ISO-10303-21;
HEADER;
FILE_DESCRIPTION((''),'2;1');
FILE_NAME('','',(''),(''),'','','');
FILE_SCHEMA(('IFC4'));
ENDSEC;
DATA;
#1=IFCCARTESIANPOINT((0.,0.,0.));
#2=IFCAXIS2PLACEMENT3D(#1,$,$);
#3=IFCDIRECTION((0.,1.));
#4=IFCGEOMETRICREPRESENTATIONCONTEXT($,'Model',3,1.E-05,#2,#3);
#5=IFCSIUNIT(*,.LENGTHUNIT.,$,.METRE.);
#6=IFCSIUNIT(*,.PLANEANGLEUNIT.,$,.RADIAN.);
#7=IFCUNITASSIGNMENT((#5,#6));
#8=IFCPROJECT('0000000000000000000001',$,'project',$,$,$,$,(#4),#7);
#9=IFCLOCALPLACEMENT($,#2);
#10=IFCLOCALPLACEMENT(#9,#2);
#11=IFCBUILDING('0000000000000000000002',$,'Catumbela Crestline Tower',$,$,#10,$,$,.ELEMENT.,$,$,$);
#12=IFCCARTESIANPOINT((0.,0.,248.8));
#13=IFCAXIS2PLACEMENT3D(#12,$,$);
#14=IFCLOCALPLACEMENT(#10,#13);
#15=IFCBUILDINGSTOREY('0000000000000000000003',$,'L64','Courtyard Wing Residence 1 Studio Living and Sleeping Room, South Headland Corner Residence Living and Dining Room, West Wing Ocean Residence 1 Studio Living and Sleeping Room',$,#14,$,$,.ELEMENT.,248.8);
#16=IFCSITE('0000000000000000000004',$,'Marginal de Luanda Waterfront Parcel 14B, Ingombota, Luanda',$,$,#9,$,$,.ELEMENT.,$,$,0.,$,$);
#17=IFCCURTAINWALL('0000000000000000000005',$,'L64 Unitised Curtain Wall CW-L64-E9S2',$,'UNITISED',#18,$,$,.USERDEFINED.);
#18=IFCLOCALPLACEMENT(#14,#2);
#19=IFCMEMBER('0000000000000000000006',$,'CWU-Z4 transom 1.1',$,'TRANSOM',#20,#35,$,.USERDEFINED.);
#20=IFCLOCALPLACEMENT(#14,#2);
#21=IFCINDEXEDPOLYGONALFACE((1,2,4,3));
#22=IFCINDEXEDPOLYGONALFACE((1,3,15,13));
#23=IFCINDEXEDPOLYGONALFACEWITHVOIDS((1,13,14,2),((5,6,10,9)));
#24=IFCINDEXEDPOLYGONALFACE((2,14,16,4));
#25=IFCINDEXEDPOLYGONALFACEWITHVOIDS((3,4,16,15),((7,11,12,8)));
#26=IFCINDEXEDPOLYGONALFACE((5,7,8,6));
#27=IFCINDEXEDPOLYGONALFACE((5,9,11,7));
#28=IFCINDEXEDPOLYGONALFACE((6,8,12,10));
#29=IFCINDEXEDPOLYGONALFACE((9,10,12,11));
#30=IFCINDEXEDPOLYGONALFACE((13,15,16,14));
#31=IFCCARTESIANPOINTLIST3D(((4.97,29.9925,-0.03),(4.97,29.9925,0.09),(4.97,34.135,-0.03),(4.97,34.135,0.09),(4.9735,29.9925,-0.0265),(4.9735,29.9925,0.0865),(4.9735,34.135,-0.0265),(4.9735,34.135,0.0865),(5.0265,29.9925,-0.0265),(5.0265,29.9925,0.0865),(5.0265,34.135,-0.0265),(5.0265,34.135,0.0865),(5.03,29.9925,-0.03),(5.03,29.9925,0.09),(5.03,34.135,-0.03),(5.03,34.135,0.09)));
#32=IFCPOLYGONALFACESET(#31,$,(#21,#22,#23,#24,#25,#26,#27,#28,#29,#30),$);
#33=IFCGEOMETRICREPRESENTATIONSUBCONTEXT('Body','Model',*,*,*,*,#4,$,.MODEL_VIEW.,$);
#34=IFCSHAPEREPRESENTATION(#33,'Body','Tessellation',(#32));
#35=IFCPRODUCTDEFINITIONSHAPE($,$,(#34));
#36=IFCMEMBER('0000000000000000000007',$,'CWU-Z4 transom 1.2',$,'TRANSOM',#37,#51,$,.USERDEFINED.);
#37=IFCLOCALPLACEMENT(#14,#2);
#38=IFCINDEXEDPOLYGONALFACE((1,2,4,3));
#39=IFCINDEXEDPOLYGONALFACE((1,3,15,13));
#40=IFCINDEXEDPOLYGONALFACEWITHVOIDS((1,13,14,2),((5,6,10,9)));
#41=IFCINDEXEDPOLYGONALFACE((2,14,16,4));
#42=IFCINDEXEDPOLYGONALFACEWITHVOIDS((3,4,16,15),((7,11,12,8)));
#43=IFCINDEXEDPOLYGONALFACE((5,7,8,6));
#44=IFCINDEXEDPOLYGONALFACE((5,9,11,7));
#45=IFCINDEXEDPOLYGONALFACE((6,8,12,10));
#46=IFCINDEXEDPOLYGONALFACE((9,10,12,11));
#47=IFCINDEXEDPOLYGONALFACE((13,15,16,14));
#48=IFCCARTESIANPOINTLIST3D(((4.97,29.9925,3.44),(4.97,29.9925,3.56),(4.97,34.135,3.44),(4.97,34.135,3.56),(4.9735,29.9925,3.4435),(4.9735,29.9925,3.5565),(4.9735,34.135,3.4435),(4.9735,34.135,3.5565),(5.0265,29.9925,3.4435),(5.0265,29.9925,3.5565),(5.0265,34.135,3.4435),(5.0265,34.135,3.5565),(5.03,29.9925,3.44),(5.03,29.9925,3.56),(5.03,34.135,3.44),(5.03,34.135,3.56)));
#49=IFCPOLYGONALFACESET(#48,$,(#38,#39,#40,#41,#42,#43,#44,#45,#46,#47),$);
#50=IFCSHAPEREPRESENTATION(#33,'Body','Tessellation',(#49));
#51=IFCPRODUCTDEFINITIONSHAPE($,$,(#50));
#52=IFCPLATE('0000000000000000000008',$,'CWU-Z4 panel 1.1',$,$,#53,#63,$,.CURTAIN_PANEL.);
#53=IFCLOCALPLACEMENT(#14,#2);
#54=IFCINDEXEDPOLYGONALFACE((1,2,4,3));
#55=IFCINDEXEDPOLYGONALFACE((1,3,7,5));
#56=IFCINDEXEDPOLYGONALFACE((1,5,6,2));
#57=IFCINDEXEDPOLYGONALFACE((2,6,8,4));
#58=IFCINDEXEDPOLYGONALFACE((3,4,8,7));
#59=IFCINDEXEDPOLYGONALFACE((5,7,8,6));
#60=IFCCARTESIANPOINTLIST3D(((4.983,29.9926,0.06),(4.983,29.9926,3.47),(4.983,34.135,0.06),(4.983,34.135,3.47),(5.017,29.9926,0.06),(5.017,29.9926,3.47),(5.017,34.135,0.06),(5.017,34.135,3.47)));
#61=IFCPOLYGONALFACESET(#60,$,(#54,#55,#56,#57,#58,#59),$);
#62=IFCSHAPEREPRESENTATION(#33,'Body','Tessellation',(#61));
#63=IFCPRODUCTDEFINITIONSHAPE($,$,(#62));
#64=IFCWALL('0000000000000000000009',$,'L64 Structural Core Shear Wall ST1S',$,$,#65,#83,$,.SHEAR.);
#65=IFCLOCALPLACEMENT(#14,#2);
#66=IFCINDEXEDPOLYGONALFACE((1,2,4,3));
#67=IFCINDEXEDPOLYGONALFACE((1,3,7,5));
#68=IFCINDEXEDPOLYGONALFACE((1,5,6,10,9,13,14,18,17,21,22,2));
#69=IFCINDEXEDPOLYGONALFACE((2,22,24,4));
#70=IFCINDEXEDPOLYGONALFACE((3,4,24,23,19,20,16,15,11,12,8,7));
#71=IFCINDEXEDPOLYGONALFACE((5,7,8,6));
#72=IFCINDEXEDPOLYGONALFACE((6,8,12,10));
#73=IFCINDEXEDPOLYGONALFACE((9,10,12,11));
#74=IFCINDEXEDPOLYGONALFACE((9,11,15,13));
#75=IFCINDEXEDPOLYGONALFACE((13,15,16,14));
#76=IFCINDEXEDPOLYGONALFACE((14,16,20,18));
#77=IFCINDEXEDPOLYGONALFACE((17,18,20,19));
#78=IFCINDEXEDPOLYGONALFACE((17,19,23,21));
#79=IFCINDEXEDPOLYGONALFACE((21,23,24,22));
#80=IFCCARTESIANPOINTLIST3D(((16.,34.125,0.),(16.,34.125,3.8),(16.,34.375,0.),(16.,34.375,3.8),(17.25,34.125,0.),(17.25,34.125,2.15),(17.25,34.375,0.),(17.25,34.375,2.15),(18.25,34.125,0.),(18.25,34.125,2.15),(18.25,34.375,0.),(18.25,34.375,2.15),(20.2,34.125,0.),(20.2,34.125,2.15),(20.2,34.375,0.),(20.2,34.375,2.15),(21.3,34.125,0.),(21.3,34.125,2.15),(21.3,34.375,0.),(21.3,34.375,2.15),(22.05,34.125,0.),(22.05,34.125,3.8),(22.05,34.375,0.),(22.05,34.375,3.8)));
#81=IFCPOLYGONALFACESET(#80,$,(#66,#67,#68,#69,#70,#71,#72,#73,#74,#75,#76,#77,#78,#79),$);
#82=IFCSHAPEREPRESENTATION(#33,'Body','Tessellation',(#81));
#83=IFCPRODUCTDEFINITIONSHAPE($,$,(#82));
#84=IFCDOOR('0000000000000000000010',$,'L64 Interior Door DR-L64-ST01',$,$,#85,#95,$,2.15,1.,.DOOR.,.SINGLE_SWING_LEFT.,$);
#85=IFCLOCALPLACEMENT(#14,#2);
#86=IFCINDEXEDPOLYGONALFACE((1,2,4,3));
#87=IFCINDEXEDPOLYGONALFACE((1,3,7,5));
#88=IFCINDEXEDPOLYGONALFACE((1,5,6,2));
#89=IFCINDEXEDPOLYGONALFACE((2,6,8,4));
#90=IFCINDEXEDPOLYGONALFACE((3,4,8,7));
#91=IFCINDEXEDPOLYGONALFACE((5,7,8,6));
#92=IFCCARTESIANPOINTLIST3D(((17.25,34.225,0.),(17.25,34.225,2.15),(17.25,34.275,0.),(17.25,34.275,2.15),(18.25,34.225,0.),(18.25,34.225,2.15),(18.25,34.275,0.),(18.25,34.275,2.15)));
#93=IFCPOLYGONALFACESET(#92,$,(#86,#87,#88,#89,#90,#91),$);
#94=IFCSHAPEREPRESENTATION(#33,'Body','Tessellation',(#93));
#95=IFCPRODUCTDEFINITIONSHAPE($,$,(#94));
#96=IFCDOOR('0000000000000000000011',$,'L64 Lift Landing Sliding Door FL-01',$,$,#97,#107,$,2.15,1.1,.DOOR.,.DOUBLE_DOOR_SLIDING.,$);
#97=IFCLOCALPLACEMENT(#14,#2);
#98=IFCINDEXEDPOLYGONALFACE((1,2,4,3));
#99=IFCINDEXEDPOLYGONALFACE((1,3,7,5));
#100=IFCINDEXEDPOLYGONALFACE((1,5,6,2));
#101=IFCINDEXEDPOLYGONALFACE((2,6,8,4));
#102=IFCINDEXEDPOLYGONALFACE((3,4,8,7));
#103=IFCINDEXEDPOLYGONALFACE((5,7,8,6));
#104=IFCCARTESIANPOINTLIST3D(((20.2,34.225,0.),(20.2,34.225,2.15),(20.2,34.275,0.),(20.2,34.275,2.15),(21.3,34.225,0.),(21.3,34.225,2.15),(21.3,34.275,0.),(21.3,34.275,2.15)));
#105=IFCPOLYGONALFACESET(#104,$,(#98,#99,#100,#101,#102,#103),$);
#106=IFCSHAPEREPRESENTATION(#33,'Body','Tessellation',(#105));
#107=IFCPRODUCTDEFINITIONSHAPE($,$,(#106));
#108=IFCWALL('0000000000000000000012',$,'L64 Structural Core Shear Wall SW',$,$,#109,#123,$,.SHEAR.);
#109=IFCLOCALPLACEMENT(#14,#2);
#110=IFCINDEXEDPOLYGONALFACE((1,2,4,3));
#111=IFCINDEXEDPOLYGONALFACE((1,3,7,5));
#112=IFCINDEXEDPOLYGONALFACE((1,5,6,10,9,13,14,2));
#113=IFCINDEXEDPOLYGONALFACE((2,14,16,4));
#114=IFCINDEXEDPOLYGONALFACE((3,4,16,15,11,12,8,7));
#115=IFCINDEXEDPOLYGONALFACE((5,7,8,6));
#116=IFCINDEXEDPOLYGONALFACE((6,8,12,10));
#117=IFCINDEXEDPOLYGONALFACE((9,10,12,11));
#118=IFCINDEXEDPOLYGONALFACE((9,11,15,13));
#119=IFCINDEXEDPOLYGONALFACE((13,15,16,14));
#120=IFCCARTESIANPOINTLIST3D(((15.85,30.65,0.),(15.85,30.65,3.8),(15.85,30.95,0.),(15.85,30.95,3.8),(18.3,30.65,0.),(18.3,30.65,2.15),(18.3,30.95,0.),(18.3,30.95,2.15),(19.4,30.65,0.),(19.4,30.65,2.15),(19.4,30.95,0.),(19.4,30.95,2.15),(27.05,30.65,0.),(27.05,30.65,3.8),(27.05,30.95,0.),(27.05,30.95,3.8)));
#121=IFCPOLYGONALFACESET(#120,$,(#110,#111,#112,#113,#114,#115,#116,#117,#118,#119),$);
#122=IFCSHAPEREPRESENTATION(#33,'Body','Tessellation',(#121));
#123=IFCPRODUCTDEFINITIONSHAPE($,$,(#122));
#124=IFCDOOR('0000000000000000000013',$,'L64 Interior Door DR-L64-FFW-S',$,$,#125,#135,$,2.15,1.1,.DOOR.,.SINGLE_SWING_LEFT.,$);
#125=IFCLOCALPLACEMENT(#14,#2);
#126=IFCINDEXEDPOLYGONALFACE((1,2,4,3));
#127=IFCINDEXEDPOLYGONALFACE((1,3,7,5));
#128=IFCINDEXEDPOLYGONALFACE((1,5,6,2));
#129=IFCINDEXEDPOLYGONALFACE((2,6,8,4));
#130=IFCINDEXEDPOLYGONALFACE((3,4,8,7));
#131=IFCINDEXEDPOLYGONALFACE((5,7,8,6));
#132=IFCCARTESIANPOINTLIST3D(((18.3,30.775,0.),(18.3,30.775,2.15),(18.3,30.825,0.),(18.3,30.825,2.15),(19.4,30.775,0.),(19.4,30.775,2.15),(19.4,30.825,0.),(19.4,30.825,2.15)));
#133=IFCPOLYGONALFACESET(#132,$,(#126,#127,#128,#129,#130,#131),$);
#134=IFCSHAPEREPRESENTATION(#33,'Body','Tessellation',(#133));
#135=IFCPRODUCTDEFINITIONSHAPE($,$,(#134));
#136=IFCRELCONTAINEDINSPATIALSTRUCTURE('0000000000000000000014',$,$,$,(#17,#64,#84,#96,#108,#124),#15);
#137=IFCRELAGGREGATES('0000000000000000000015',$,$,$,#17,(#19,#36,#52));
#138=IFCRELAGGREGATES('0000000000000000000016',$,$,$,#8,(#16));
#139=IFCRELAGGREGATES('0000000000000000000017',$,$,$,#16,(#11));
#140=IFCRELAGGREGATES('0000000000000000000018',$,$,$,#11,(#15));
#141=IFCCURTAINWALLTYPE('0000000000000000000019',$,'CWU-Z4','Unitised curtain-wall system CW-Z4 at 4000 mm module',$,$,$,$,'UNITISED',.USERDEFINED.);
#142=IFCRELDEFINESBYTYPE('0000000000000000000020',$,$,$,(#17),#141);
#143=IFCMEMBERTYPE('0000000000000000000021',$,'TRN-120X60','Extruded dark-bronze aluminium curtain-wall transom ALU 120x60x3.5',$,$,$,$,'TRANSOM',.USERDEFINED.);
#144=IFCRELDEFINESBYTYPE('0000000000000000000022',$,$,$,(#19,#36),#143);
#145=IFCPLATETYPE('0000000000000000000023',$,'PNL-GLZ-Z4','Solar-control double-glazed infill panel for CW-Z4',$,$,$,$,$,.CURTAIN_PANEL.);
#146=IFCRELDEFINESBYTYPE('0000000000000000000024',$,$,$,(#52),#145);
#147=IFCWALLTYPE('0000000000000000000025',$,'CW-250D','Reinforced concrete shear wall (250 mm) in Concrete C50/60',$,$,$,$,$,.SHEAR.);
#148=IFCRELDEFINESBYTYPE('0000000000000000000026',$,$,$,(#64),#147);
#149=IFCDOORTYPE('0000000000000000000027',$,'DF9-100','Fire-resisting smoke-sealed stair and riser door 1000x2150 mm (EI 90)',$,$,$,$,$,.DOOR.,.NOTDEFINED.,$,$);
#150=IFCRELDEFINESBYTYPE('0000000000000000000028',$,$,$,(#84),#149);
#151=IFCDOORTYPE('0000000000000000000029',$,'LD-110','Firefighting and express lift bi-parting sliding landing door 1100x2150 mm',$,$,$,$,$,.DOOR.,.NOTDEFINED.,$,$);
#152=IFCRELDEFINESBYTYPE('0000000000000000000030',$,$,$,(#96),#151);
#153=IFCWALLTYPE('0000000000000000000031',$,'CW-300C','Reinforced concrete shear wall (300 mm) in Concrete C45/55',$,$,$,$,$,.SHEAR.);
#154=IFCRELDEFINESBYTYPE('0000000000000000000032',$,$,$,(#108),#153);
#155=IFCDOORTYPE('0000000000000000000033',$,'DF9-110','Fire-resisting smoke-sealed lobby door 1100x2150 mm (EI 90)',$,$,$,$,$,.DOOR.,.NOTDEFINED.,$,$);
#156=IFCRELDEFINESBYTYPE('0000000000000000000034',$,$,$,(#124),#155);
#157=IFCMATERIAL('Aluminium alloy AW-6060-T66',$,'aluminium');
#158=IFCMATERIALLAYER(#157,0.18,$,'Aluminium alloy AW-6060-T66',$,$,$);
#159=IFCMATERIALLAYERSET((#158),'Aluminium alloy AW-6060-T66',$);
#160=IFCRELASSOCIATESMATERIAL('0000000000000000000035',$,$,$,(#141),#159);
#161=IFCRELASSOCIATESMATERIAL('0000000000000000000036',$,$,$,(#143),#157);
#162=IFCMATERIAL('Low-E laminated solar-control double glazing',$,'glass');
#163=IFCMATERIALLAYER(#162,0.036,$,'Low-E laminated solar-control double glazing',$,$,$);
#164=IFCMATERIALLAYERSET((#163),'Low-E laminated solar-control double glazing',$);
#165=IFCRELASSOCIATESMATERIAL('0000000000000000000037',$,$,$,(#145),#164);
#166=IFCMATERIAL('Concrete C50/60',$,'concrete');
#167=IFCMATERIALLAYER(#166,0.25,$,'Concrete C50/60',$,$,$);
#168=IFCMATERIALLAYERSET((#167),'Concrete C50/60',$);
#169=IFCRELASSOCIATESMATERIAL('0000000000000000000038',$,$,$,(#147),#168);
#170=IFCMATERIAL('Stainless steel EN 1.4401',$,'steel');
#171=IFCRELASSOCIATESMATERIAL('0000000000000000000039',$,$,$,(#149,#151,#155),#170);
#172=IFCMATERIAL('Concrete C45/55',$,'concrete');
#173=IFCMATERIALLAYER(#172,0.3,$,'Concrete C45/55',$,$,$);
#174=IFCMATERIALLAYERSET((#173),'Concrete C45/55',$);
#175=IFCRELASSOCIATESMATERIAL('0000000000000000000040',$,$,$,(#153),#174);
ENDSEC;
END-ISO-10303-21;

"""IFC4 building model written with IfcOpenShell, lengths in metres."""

from ifc_helpers import new_model, si_unit, direction, frame, frame_2d, origin, origin_2d, place, context, subcontext, project, spatial, rectangle, hollow_rectangle, extrude, material, layer, layer_set, material_profile, profile_set, type_object, element, fill, aggregate, save


model = new_model("IFC4")

# Units and contexts
model_context = context("Model", 3, precision=1e-05, world=origin(), true_north=direction((0.0, 1.0)))
body_context = subcontext(model_context, "Body", "Model", "MODEL_VIEW")
ifc_project = project(units=[si_unit("LENGTHUNIT", "METRE"), si_unit("PLANEANGLEUNIT", "RADIAN")], contexts=[model_context])

# Site, building, storey
site_placement = place(None, origin())
site = spatial("IfcSite", under=ifc_project, at=site_placement, Name="Marginal de Luanda Waterfront Parcel 14B, Ingombota, Luanda", CompositionType="ELEMENT", RefElevation=0.0)
building_placement = place(site_placement, origin())
building = spatial("IfcBuilding", under=site, at=building_placement, Name="Catumbela Crestline Tower", CompositionType="ELEMENT")
storey_placement = place(building_placement, frame((0.0, 0.0, 248.8)))
storey = spatial("IfcBuildingStorey", under=building, at=storey_placement, Name="L64", Description="Courtyard Wing Residence 1 Studio Living and Sleeping Room, South Headland Corner Residence Living and Dining Room, West Wing Ocean Residence 1 Studio Living and Sleeping Room", CompositionType="ELEMENT", Elevation=248.8)

# Shared definitions
ifc_material_1 = material(Name="Concrete C45/55", Category="concrete")

# Curtain wall
ifc_material_2 = material(Name="Aluminium alloy AW-6060-T66", Category="aluminium")
ifc_layer_1 = layer(ifc_material_2, 0.18, Name="Aluminium alloy AW-6060-T66")
ifc_layer_set_1 = layer_set([ifc_layer_1], Name="Aluminium alloy AW-6060-T66")
curtain_wall_type = type_object("IfcCurtainWallType", Name="CWU-Z4", Description="Unitised curtain-wall system CW-Z4 at 4000 mm module", ElementType="UNITISED", PredefinedType="USERDEFINED", material=ifc_layer_set_1)
curtain_wall_placement = place(storey_placement, origin())
curtain_wall = element("IfcCurtainWall", 1, at=curtain_wall_placement, inside=storey, type_object=curtain_wall_type, Name="L64 Unitised Curtain Wall CW-L64-E9S2", ObjectType="UNITISED", PredefinedType="USERDEFINED")

# Members
ifc_material_profile_1 = material_profile(ifc_material_2, hollow_rectangle(XDim=0.06, YDim=0.12, WallThickness=0.0035, at=origin_2d()), Name="ALU 120x60x3.5")
ifc_profile_set_1 = profile_set([ifc_material_profile_1], Name="Aluminium alloy AW-6060-T66")
member_type_1 = type_object("IfcMemberType", Name="TRN-120X60", Description="Extruded dark-bronze aluminium curtain-wall transom ALU 120x60x3.5", ElementType="TRANSOM", PredefinedType="USERDEFINED", material=ifc_profile_set_1)
member_1_placement = place(storey_placement, frame((5.0, 34.135, 0.03), z_axis=(0.0, -1.0, 0.0), x_axis=(1.0, 0.0, 0.0)))
member_1 = element("IfcMember", 2, at=member_1_placement, type_object=member_type_1, Name="CWU-Z4 transom 1.1", ObjectType="TRANSOM", PredefinedType="USERDEFINED", context=body_context, shape_type="SweptSolid", body=[
    extrude(hollow_rectangle(XDim=0.06, YDim=0.12, WallThickness=0.0035, at=origin_2d()), origin(), (0.0, 0.0, 1.0), 4.1425),
])
member_2_placement = place(storey_placement, frame((5.0, 34.135, 3.5), z_axis=(0.0, -1.0, 0.0), x_axis=(1.0, 0.0, 0.0)))
member_2 = element("IfcMember", 3, at=member_2_placement, type_object=member_type_1, Name="CWU-Z4 transom 1.2", ObjectType="TRANSOM", PredefinedType="USERDEFINED", context=body_context, shape_type="SweptSolid", body=[
    extrude(hollow_rectangle(XDim=0.06, YDim=0.12, WallThickness=0.0035, at=origin_2d()), origin(), (0.0, 0.0, 1.0), 4.1425),
])

# Plate
ifc_material_3 = material(Name="Low-E laminated solar-control double glazing", Category="glass")
ifc_layer_2 = layer(ifc_material_3, 0.036, Name="Low-E laminated solar-control double glazing")
ifc_layer_set_2 = layer_set([ifc_layer_2], Name="Low-E laminated solar-control double glazing")
plate_type = type_object("IfcPlateType", Name="PNL-GLZ-Z4", Description="Solar-control double-glazed infill panel for CW-Z4", PredefinedType="CURTAIN_PANEL", material=ifc_layer_set_2)
plate_placement = place(storey_placement, frame((5.0, 32.0638, 0.06), z_axis=(0.0, 0.0, 1.0), x_axis=(0.0, -1.0, 0.0)))
plate = element("IfcPlate", 4, at=plate_placement, type_object=plate_type, Name="CWU-Z4 panel 1.1", PredefinedType="CURTAIN_PANEL", context=body_context, shape_type="SweptSolid", body=[
    extrude(rectangle(XDim=4.1425, YDim=0.034, at=origin_2d()), origin(), (0.0, 0.0, 1.0), 3.41),
])
aggregate(curtain_wall, [member_1, member_2, plate])

# Wall, openings, doors
ifc_material_4 = material(Name="Concrete C50/60", Category="concrete")
ifc_layer_3 = layer(ifc_material_4, 0.25, Name="Concrete C50/60")
ifc_layer_set_3 = layer_set([ifc_layer_3], Name="Concrete C50/60")
wall_type_1 = type_object("IfcWallType", Name="CW-250D", Description="Reinforced concrete shear wall (250 mm) in Concrete C50/60", PredefinedType="SHEAR", material=ifc_layer_set_3)
wall_1_placement = place(storey_placement, frame((16.0, 34.25, 0.0), z_axis=(0.0, 0.0, 1.0), x_axis=(1.0, 0.0, 0.0)))
wall_1 = element("IfcWall", 5, at=wall_1_placement, inside=storey, type_object=wall_type_1, Name="L64 Structural Core Shear Wall ST1S", PredefinedType="SHEAR", context=body_context, shape_type="SweptSolid", body=[
    extrude(rectangle(XDim=6.05, YDim=0.25, at=frame_2d((3.025, 0.0))), origin(), (0.0, 0.0, 1.0), 3.8),
])
opening_1_placement = place(wall_1_placement, frame((1.25, 0.0, 0.0)))
opening_1 = element("IfcOpeningElement", 6, at=opening_1_placement, cuts=wall_1, PredefinedType="OPENING", context=body_context, shape_type="SweptSolid", body=[
    extrude(rectangle(XDim=1.0, YDim=2.15, at=frame_2d((0.5, 1.075))), frame((0.0, 0.135, 0.0), z_axis=(0.0, -1.0, 0.0), x_axis=(1.0, 0.0, 0.0)), (0.0, 0.0, 1.0), 0.27),
])
opening_2_placement = place(wall_1_placement, frame((4.2, 0.0, 0.0)))
opening_2 = element("IfcOpeningElement", 7, at=opening_2_placement, cuts=wall_1, PredefinedType="OPENING", context=body_context, shape_type="SweptSolid", body=[
    extrude(rectangle(XDim=1.1, YDim=2.15, at=frame_2d((0.55, 1.075))), frame((0.0, 0.135, 0.0), z_axis=(0.0, -1.0, 0.0), x_axis=(1.0, 0.0, 0.0)), (0.0, 0.0, 1.0), 0.27),
])
ifc_material_5 = material(Name="Stainless steel EN 1.4401", Category="steel")
door_type_1 = type_object("IfcDoorType", Name="DF9-100", Description="Fire-resisting smoke-sealed stair and riser door 1000x2150 mm (EI 90)", OperationType="NOTDEFINED", PredefinedType="DOOR", material=ifc_material_5)
door_1_placement = place(opening_1_placement, origin())
door_1 = element("IfcDoor", 8, at=door_1_placement, inside=storey, type_object=door_type_1, Name="L64 Interior Door DR-L64-ST01", OperationType="SINGLE_SWING_LEFT", OverallHeight=2.15, OverallWidth=1.0, PredefinedType="DOOR", context=body_context, shape_type="SweptSolid", body=[
    extrude(rectangle(XDim=1.0, YDim=2.15, at=frame_2d((0.5, 1.075))), frame((0.0, 0.025, 0.0), z_axis=(0.0, -1.0, 0.0), x_axis=(1.0, 0.0, 0.0)), (0.0, 0.0, 1.0), 0.05),
])
fill(opening_1, door_1)
door_type_2 = type_object("IfcDoorType", Name="LD-110", Description="Firefighting and express lift bi-parting sliding landing door 1100x2150 mm", OperationType="NOTDEFINED", PredefinedType="DOOR", material=ifc_material_5)
door_2_placement = place(opening_2_placement, origin())
door_2 = element("IfcDoor", 9, at=door_2_placement, inside=storey, type_object=door_type_2, Name="L64 Lift Landing Sliding Door FL-01", OperationType="DOUBLE_DOOR_SLIDING", OverallHeight=2.15, OverallWidth=1.1, PredefinedType="DOOR", context=body_context, shape_type="SweptSolid", body=[
    extrude(rectangle(XDim=1.1, YDim=2.15, at=frame_2d((0.55, 1.075))), frame((0.0, 0.025, 0.0), z_axis=(0.0, -1.0, 0.0), x_axis=(1.0, 0.0, 0.0)), (0.0, 0.0, 1.0), 0.05),
])
fill(opening_2, door_2)

# Wall, opening, door
ifc_layer_4 = layer(ifc_material_1, 0.3, Name="Concrete C45/55")
ifc_layer_set_4 = layer_set([ifc_layer_4], Name="Concrete C45/55")
wall_type_2 = type_object("IfcWallType", Name="CW-300C", Description="Reinforced concrete shear wall (300 mm) in Concrete C45/55", PredefinedType="SHEAR", material=ifc_layer_set_4)
wall_2_placement = place(storey_placement, frame((15.85, 30.8, 0.0), z_axis=(0.0, 0.0, 1.0), x_axis=(1.0, 0.0, 0.0)))
wall_2 = element("IfcWall", 10, at=wall_2_placement, inside=storey, type_object=wall_type_2, Name="L64 Structural Core Shear Wall SW", PredefinedType="SHEAR", context=body_context, shape_type="SweptSolid", body=[
    extrude(rectangle(XDim=11.2, YDim=0.3, at=frame_2d((5.6, 0.0))), origin(), (0.0, 0.0, 1.0), 3.8),
])
opening_3_placement = place(wall_2_placement, frame((2.45, 0.0, 0.0)))
opening_3 = element("IfcOpeningElement", 11, at=opening_3_placement, cuts=wall_2, PredefinedType="OPENING", context=body_context, shape_type="SweptSolid", body=[
    extrude(rectangle(XDim=1.1, YDim=2.15, at=frame_2d((0.55, 1.075))), frame((0.0, 0.16, 0.0), z_axis=(0.0, -1.0, 0.0), x_axis=(1.0, 0.0, 0.0)), (0.0, 0.0, 1.0), 0.32),
])
door_type_3 = type_object("IfcDoorType", Name="DF9-110", Description="Fire-resisting smoke-sealed lobby door 1100x2150 mm (EI 90)", OperationType="NOTDEFINED", PredefinedType="DOOR", material=ifc_material_5)
door_3_placement = place(opening_3_placement, origin())
door_3 = element("IfcDoor", 12, at=door_3_placement, inside=storey, type_object=door_type_3, Name="L64 Interior Door DR-L64-FFW-S", OperationType="SINGLE_SWING_LEFT", OverallHeight=2.15, OverallWidth=1.1, PredefinedType="DOOR", context=body_context, shape_type="SweptSolid", body=[
    extrude(rectangle(XDim=1.1, YDim=2.15, at=frame_2d((0.55, 1.075))), frame((0.0, 0.025, 0.0), z_axis=(0.0, -1.0, 0.0), x_axis=(1.0, 0.0, 0.0)), (0.0, 0.0, 1.0), 0.05),
])
fill(opening_3, door_3)

save(model, "model.ifc")
